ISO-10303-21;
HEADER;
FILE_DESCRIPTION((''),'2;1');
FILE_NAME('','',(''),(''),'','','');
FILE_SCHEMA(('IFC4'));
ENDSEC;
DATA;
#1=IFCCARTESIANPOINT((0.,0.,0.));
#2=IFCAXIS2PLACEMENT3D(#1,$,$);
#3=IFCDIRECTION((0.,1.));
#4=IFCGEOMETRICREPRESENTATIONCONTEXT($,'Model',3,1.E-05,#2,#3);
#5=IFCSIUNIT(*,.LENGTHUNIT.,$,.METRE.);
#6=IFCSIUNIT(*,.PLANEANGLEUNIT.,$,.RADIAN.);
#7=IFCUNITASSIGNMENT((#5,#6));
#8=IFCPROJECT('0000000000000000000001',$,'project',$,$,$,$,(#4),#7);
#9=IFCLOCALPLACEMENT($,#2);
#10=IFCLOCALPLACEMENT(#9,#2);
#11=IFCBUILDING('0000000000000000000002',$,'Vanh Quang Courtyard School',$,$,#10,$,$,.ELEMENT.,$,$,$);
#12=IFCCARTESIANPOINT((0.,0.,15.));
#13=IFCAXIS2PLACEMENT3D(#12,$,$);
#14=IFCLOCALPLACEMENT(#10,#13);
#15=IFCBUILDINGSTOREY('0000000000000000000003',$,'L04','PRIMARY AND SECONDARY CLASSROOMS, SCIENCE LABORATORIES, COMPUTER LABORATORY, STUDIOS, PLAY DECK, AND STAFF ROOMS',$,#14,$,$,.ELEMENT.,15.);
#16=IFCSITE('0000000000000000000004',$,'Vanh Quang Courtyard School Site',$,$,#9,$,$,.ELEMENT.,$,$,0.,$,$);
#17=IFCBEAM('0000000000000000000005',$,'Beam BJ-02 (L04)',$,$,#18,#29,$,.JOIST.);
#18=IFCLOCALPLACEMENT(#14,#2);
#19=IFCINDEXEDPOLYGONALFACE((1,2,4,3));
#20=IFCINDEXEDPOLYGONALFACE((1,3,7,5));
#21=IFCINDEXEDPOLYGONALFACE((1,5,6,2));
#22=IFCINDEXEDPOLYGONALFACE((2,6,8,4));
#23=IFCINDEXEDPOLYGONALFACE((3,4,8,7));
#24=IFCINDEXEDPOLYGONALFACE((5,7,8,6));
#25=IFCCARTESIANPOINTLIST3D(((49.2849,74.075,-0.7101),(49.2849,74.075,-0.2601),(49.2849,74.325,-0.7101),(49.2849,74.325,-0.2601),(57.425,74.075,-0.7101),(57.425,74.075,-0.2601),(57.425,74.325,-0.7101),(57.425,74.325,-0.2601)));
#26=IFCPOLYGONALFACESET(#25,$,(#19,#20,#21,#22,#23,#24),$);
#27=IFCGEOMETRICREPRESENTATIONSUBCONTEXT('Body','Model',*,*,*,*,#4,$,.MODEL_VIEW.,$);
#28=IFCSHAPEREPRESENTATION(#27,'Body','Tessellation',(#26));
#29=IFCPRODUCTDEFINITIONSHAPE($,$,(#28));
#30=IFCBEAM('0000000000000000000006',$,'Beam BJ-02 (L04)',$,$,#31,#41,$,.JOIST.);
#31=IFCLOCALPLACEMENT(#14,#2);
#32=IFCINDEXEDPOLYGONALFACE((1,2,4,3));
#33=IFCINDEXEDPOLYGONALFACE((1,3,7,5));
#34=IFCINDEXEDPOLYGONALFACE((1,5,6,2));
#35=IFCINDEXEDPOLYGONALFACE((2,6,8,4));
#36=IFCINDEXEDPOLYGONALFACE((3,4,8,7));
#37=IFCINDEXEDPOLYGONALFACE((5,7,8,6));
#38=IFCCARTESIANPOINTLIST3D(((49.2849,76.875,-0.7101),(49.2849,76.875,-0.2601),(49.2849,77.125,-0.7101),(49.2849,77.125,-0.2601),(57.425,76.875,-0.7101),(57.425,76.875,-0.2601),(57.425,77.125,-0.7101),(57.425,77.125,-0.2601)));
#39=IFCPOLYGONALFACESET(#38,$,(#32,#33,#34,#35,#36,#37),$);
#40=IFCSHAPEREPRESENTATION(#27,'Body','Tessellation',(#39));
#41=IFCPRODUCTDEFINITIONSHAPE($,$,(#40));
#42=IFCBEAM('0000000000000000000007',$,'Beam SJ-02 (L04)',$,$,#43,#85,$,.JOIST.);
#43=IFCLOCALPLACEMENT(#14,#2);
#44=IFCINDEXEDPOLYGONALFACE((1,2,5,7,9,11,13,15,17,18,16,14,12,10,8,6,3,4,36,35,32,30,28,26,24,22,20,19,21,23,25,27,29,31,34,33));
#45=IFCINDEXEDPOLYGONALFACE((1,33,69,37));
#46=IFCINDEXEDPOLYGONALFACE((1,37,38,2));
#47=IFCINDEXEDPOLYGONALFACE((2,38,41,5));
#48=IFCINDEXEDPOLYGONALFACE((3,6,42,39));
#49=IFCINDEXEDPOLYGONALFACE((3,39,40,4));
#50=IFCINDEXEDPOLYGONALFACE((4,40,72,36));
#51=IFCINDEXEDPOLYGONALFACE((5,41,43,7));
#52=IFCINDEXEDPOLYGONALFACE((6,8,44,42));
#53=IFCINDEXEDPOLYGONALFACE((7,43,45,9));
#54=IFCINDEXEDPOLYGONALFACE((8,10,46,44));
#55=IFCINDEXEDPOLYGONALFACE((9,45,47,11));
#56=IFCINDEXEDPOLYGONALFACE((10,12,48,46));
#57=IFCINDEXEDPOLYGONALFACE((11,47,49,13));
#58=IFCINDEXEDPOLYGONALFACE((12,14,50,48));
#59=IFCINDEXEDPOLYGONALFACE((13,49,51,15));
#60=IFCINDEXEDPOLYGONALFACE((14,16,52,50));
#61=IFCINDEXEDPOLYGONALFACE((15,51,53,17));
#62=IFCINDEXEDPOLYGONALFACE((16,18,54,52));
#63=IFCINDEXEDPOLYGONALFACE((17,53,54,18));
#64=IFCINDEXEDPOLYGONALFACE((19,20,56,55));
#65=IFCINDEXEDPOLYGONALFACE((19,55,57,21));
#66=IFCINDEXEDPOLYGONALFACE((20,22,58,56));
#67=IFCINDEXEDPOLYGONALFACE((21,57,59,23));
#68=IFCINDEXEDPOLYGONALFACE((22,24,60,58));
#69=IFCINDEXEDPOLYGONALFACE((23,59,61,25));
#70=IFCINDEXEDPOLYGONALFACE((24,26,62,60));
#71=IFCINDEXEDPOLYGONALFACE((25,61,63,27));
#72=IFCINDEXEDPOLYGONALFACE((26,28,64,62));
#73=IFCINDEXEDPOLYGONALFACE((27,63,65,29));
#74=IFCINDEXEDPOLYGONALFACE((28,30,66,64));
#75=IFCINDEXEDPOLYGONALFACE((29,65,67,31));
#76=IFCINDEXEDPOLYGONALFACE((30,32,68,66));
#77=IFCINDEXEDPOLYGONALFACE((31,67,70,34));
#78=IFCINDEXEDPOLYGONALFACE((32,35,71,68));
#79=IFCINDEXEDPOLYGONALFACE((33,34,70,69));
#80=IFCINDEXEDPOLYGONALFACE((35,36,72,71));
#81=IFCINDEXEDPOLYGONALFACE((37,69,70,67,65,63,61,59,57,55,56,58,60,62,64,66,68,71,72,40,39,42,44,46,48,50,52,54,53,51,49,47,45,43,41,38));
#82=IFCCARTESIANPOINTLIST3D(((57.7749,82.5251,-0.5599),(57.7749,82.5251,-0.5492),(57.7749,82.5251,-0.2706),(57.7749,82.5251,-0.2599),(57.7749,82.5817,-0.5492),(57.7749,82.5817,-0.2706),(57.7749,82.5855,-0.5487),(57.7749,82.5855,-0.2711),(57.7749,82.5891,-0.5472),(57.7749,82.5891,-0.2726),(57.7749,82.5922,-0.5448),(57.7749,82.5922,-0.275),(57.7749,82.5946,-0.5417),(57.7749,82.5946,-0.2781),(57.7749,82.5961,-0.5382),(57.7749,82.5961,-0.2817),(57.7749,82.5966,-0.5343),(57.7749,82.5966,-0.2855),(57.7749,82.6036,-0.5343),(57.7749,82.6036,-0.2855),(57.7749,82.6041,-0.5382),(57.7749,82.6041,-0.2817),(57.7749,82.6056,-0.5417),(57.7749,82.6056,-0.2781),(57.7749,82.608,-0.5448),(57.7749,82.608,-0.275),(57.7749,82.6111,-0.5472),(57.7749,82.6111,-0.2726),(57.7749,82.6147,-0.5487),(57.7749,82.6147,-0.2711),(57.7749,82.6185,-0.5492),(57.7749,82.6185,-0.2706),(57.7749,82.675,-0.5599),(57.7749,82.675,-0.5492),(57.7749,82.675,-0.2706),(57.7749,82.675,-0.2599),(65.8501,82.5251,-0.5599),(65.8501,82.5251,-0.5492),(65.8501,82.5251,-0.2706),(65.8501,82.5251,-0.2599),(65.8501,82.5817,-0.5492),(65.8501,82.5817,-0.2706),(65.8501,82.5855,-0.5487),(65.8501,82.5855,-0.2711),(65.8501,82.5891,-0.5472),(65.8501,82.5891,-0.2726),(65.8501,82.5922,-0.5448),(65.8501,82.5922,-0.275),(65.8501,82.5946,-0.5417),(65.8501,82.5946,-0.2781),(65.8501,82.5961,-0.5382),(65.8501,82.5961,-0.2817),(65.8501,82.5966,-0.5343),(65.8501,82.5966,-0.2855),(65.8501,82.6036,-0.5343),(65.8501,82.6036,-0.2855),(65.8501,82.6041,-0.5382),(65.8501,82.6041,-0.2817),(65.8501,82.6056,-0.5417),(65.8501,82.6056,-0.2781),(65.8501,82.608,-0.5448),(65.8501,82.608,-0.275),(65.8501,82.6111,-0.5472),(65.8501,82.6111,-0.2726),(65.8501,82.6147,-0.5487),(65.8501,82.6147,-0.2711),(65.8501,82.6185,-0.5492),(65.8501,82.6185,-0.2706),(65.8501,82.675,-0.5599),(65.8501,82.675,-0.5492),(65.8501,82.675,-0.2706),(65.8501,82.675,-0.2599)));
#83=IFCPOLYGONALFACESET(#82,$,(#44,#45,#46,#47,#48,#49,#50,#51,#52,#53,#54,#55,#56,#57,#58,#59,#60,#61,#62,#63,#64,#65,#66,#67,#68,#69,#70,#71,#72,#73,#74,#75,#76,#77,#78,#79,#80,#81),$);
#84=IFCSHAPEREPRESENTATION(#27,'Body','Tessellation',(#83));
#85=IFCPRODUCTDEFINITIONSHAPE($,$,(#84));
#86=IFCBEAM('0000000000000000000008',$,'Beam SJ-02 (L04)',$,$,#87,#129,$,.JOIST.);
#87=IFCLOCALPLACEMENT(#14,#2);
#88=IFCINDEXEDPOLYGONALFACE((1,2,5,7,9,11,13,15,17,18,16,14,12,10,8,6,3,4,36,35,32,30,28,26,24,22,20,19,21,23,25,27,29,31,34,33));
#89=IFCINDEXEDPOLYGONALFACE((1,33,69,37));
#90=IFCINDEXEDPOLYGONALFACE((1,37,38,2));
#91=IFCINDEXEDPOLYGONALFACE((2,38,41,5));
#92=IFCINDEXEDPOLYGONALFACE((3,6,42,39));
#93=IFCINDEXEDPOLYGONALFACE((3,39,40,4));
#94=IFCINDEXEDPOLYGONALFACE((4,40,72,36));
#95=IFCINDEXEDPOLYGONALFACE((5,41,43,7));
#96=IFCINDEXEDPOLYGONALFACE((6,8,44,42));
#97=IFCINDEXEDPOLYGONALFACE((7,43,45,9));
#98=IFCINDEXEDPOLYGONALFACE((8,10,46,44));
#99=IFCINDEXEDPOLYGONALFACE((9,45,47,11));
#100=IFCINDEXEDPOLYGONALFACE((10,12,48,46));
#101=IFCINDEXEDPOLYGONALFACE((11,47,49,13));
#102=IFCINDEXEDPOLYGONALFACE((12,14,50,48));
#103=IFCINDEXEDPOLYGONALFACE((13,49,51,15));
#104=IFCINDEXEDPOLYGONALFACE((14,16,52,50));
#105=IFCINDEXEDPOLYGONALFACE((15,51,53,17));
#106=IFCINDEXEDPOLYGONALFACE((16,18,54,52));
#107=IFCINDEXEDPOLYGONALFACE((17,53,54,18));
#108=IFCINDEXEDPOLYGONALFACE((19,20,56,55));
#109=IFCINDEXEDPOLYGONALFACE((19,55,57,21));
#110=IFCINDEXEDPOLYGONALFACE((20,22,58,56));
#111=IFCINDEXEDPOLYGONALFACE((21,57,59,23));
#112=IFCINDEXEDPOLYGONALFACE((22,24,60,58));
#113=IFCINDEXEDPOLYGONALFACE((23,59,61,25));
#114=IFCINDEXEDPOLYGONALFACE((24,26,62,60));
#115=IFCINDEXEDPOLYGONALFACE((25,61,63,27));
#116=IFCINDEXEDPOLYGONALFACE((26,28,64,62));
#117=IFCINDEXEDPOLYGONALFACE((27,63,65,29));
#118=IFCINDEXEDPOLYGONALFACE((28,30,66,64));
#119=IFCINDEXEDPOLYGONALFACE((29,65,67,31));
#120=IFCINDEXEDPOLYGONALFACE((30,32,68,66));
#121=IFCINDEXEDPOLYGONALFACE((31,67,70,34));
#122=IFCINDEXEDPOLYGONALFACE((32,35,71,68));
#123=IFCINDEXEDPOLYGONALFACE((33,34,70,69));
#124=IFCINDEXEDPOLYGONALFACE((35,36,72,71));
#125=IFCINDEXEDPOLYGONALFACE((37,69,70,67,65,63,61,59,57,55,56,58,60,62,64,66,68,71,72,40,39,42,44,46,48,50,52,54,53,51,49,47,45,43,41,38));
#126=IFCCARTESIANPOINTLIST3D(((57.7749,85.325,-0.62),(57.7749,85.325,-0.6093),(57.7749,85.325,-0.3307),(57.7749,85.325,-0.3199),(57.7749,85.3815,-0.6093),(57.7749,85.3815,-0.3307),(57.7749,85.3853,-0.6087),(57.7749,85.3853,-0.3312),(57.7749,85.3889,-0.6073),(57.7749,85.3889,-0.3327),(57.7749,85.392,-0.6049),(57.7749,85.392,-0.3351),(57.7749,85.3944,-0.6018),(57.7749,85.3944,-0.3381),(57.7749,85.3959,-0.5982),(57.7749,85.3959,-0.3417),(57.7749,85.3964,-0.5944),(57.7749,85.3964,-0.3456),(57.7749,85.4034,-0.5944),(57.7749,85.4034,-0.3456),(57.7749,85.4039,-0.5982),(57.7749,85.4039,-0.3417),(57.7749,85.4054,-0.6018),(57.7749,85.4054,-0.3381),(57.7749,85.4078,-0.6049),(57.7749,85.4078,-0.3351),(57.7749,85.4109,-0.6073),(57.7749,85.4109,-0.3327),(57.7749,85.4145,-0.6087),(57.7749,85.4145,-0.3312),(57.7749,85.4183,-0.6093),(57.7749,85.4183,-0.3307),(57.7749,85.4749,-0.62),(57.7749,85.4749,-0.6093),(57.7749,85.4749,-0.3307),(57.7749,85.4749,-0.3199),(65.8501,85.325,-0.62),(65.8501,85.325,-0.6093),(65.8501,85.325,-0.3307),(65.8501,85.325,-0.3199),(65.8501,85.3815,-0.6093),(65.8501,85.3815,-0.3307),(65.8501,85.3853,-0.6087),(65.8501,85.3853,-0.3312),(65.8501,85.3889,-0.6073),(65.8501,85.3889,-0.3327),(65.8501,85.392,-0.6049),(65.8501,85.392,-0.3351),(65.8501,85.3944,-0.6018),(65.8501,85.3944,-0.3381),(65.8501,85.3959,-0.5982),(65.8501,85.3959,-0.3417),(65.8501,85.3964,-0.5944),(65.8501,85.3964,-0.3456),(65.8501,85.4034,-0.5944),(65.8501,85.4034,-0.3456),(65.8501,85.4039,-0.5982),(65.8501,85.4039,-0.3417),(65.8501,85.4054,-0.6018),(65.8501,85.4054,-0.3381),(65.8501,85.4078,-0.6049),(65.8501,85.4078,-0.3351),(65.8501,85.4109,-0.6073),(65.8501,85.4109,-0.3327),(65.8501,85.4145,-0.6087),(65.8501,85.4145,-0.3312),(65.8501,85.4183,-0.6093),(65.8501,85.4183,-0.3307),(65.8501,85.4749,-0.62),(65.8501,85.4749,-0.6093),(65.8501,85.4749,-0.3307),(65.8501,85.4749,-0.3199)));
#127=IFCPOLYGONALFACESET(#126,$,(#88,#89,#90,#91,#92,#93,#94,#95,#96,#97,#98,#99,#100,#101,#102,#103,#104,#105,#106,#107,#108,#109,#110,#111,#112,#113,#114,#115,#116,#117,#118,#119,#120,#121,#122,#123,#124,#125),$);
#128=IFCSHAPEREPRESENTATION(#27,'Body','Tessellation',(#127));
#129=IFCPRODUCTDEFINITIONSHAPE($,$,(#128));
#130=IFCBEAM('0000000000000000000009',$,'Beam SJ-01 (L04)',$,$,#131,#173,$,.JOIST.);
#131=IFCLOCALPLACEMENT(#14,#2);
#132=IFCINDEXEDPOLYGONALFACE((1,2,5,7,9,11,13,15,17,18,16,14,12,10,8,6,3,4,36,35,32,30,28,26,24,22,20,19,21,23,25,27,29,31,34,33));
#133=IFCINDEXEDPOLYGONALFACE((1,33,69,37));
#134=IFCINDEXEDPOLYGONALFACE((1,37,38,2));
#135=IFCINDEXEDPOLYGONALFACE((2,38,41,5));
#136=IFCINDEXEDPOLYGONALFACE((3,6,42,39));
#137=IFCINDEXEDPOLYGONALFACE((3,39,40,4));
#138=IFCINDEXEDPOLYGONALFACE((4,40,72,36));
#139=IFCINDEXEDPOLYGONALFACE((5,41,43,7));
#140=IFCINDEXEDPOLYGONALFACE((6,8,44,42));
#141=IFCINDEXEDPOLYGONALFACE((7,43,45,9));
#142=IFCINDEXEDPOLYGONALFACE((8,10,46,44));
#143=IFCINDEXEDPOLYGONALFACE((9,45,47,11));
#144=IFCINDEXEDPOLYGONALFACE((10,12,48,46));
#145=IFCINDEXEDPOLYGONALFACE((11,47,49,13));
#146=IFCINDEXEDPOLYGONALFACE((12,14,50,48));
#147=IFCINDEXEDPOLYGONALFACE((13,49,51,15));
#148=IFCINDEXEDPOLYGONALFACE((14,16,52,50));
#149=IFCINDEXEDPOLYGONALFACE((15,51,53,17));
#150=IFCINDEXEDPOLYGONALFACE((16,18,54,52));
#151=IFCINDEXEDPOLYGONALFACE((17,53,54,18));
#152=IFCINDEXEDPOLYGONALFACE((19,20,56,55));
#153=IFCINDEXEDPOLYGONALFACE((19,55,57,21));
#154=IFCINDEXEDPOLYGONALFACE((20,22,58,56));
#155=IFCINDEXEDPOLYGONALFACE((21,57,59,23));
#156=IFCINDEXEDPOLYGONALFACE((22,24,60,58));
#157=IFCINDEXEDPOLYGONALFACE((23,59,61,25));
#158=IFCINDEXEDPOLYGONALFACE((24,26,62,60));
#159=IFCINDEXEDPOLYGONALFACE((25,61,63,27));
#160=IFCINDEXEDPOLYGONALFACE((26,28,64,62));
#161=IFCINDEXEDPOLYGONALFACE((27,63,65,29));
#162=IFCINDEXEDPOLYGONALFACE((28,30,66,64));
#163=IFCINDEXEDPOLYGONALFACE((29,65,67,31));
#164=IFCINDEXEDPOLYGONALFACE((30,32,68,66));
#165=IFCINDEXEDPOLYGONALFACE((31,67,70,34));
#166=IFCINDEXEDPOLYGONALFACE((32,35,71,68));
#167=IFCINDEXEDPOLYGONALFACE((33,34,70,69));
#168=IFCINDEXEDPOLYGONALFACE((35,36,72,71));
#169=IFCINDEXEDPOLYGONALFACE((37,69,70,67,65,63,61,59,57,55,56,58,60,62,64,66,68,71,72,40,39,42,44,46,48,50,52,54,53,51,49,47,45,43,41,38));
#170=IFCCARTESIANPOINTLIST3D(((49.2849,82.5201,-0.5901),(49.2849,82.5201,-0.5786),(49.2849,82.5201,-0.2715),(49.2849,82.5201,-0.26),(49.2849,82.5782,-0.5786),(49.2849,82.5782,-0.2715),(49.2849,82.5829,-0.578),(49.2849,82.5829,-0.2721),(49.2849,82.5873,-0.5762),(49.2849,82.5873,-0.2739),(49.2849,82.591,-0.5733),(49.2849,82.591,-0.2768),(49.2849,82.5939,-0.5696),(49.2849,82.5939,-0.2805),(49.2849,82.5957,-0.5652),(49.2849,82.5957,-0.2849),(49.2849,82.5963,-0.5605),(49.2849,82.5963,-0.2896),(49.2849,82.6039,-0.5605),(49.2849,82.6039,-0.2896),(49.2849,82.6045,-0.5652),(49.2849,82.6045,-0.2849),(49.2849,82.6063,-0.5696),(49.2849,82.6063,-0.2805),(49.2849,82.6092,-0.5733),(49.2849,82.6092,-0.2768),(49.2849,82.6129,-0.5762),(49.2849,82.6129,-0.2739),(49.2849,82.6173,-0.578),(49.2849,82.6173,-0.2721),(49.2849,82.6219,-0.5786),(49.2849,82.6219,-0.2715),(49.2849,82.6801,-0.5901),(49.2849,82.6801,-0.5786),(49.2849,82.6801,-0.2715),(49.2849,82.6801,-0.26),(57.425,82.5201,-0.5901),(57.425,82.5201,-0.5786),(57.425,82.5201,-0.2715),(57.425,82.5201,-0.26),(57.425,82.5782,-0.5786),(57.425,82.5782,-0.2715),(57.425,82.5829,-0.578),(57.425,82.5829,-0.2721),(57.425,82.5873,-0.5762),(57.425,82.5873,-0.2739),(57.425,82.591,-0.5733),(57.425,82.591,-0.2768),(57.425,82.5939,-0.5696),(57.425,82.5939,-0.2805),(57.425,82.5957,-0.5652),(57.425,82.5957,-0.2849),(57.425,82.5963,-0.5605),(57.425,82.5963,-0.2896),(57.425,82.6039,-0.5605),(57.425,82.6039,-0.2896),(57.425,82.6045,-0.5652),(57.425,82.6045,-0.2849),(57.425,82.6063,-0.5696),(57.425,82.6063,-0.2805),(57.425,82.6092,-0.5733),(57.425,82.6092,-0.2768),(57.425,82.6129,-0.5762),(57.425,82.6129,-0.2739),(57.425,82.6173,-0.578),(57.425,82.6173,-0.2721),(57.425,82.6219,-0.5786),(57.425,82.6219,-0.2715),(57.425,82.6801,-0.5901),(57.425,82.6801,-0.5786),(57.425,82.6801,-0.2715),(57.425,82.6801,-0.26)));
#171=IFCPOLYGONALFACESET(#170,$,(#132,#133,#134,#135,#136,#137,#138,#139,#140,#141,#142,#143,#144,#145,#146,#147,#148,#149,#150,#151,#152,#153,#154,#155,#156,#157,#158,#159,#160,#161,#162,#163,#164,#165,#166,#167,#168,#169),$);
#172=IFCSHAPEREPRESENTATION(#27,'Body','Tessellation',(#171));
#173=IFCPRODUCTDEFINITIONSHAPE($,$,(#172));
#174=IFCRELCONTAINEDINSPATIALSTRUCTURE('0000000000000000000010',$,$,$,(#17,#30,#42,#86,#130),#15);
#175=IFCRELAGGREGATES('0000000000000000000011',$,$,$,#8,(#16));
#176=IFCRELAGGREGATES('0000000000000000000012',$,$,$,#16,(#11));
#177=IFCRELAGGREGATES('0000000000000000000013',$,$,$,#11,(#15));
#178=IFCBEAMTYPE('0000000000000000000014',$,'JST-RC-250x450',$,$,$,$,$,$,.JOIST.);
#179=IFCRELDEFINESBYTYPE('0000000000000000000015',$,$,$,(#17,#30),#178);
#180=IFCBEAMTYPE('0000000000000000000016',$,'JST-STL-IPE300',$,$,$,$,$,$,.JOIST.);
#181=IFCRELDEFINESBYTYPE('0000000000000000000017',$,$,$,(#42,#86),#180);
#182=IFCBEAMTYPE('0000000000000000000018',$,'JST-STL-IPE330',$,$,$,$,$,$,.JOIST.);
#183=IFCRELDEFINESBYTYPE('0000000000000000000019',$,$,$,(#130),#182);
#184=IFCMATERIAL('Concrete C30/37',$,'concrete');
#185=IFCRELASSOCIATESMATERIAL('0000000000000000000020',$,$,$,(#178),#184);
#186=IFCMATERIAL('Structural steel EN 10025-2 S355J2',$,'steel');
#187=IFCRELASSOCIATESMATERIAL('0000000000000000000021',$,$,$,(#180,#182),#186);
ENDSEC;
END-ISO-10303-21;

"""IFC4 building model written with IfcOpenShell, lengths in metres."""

from ifc_helpers import new_model, si_unit, direction, frame, origin, origin_2d, place, context, subcontext, project, spatial, rectangle, i_section, extrude, material, material_profile, profile_set, type_object, element, save


model = new_model("IFC4")

# Units and contexts
model_context = context("Model", 3, precision=1e-05, world=origin(), true_north=direction((0.0, 1.0)))
body_context = subcontext(model_context, "Body", "Model", "MODEL_VIEW")
ifc_project = project(units=[si_unit("LENGTHUNIT", "METRE"), si_unit("PLANEANGLEUNIT", "RADIAN")], contexts=[model_context])

# Site, building, storey
site_placement = place(None, origin())
site = spatial("IfcSite", under=ifc_project, at=site_placement, Name="Vanh Quang Courtyard School Site", CompositionType="ELEMENT", RefElevation=0.0)
building_placement = place(site_placement, origin())
building = spatial("IfcBuilding", under=site, at=building_placement, Name="Vanh Quang Courtyard School", CompositionType="ELEMENT")
storey_placement = place(building_placement, frame((0.0, 0.0, 15.0)))
storey = spatial("IfcBuildingStorey", under=building, at=storey_placement, Name="L04", Description="PRIMARY AND SECONDARY CLASSROOMS, SCIENCE LABORATORIES, COMPUTER LABORATORY, STUDIOS, PLAY DECK, AND STAFF ROOMS", CompositionType="ELEMENT", Elevation=15.0)

# Beams
ifc_material_1 = material(Name="Structural steel EN 10025-2 S355J2", Category="steel")
ifc_material_2 = material(Name="Concrete C30/37", Category="concrete")
ifc_material_profile_1 = material_profile(ifc_material_2, rectangle(XDim=0.25, YDim=0.45, at=origin_2d()), Name="RC-JST 250x450")
ifc_profile_set_1 = profile_set([ifc_material_profile_1], Name="Concrete C30/37")
beam_type_1 = type_object("IfcBeamType", Name="JST-RC-250x450", PredefinedType="JOIST", material=ifc_profile_set_1)
for number, where, z_axis, x_axis, name in (
    (1, (49.2849, 74.2, -0.4851), (1.0, 0.0, 0.0), (0.0, 1.0, 0.0), "Beam BJ-02 (L04)"),
    (2, (49.2849, 77.0, -0.4851), (1.0, 0.0, 0.0), (0.0, 1.0, 0.0), "Beam BJ-02 (L04)"),
):
    element("IfcBeam", number, at=place(storey_placement, frame(where, z_axis=z_axis, x_axis=x_axis)), inside=storey, type_object=beam_type_1, Name=name, PredefinedType="JOIST", context=body_context, shape_type="SweptSolid", body=[
        extrude(rectangle(XDim=0.25, YDim=0.45, at=origin_2d()), origin(), (0.0, 0.0, 1.0), 8.1401),
    ])
ifc_material_profile_2 = material_profile(ifc_material_1, i_section(OverallWidth=0.1499, OverallDepth=0.3, WebThickness=0.0071, FlangeThickness=0.0107, FilletRadius=0.0149, at=origin_2d()), Name="IPE 300")
ifc_profile_set_2 = profile_set([ifc_material_profile_2], Name="Structural steel EN 10025-2 S355J2")
beam_type_2 = type_object("IfcBeamType", Name="JST-STL-IPE300", PredefinedType="JOIST", material=ifc_profile_set_2)
for number, where, z_axis, x_axis, name in (
    (3, (57.7749, 82.6001, -0.4099), (1.0, 0.0, 0.0), (0.0, 1.0, 0.0), "Beam SJ-02 (L04)"),
    (4, (57.7749, 85.3999, -0.47), (1.0, 0.0, 0.0), (0.0, 1.0, 0.0), "Beam SJ-02 (L04)"),
):
    element("IfcBeam", number, at=place(storey_placement, frame(where, z_axis=z_axis, x_axis=x_axis)), inside=storey, type_object=beam_type_2, Name=name, PredefinedType="JOIST", context=body_context, shape_type="SweptSolid", body=[
        extrude(i_section(OverallWidth=0.1499, OverallDepth=0.3, WebThickness=0.0071, FlangeThickness=0.0107, FilletRadius=0.0149, at=origin_2d()), origin(), (0.0, 0.0, 1.0), 8.0752),
    ])
ifc_material_profile_3 = material_profile(ifc_material_1, i_section(OverallWidth=0.1599, OverallDepth=0.3301, WebThickness=0.0076, FlangeThickness=0.0115, FilletRadius=0.0181, at=origin_2d()), Name="IPE 330")
ifc_profile_set_3 = profile_set([ifc_material_profile_3], Name="Structural steel EN 10025-2 S355J2")
beam_type_3 = type_object("IfcBeamType", Name="JST-STL-IPE330", PredefinedType="JOIST", material=ifc_profile_set_3)
for number, where, z_axis, x_axis, name in (
    (5, (49.2849, 82.6001, -0.425), (1.0, 0.0, 0.0), (0.0, 1.0, 0.0), "Beam SJ-01 (L04)"),
):
    element("IfcBeam", number, at=place(storey_placement, frame(where, z_axis=z_axis, x_axis=x_axis)), inside=storey, type_object=beam_type_3, Name=name, PredefinedType="JOIST", context=body_context, shape_type="SweptSolid", body=[
        extrude(i_section(OverallWidth=0.1599, OverallDepth=0.3301, WebThickness=0.0076, FlangeThickness=0.0115, FilletRadius=0.0181, at=origin_2d()), origin(), (0.0, 0.0, 1.0), 8.1401),
    ])

save(model, "model.ifc")
